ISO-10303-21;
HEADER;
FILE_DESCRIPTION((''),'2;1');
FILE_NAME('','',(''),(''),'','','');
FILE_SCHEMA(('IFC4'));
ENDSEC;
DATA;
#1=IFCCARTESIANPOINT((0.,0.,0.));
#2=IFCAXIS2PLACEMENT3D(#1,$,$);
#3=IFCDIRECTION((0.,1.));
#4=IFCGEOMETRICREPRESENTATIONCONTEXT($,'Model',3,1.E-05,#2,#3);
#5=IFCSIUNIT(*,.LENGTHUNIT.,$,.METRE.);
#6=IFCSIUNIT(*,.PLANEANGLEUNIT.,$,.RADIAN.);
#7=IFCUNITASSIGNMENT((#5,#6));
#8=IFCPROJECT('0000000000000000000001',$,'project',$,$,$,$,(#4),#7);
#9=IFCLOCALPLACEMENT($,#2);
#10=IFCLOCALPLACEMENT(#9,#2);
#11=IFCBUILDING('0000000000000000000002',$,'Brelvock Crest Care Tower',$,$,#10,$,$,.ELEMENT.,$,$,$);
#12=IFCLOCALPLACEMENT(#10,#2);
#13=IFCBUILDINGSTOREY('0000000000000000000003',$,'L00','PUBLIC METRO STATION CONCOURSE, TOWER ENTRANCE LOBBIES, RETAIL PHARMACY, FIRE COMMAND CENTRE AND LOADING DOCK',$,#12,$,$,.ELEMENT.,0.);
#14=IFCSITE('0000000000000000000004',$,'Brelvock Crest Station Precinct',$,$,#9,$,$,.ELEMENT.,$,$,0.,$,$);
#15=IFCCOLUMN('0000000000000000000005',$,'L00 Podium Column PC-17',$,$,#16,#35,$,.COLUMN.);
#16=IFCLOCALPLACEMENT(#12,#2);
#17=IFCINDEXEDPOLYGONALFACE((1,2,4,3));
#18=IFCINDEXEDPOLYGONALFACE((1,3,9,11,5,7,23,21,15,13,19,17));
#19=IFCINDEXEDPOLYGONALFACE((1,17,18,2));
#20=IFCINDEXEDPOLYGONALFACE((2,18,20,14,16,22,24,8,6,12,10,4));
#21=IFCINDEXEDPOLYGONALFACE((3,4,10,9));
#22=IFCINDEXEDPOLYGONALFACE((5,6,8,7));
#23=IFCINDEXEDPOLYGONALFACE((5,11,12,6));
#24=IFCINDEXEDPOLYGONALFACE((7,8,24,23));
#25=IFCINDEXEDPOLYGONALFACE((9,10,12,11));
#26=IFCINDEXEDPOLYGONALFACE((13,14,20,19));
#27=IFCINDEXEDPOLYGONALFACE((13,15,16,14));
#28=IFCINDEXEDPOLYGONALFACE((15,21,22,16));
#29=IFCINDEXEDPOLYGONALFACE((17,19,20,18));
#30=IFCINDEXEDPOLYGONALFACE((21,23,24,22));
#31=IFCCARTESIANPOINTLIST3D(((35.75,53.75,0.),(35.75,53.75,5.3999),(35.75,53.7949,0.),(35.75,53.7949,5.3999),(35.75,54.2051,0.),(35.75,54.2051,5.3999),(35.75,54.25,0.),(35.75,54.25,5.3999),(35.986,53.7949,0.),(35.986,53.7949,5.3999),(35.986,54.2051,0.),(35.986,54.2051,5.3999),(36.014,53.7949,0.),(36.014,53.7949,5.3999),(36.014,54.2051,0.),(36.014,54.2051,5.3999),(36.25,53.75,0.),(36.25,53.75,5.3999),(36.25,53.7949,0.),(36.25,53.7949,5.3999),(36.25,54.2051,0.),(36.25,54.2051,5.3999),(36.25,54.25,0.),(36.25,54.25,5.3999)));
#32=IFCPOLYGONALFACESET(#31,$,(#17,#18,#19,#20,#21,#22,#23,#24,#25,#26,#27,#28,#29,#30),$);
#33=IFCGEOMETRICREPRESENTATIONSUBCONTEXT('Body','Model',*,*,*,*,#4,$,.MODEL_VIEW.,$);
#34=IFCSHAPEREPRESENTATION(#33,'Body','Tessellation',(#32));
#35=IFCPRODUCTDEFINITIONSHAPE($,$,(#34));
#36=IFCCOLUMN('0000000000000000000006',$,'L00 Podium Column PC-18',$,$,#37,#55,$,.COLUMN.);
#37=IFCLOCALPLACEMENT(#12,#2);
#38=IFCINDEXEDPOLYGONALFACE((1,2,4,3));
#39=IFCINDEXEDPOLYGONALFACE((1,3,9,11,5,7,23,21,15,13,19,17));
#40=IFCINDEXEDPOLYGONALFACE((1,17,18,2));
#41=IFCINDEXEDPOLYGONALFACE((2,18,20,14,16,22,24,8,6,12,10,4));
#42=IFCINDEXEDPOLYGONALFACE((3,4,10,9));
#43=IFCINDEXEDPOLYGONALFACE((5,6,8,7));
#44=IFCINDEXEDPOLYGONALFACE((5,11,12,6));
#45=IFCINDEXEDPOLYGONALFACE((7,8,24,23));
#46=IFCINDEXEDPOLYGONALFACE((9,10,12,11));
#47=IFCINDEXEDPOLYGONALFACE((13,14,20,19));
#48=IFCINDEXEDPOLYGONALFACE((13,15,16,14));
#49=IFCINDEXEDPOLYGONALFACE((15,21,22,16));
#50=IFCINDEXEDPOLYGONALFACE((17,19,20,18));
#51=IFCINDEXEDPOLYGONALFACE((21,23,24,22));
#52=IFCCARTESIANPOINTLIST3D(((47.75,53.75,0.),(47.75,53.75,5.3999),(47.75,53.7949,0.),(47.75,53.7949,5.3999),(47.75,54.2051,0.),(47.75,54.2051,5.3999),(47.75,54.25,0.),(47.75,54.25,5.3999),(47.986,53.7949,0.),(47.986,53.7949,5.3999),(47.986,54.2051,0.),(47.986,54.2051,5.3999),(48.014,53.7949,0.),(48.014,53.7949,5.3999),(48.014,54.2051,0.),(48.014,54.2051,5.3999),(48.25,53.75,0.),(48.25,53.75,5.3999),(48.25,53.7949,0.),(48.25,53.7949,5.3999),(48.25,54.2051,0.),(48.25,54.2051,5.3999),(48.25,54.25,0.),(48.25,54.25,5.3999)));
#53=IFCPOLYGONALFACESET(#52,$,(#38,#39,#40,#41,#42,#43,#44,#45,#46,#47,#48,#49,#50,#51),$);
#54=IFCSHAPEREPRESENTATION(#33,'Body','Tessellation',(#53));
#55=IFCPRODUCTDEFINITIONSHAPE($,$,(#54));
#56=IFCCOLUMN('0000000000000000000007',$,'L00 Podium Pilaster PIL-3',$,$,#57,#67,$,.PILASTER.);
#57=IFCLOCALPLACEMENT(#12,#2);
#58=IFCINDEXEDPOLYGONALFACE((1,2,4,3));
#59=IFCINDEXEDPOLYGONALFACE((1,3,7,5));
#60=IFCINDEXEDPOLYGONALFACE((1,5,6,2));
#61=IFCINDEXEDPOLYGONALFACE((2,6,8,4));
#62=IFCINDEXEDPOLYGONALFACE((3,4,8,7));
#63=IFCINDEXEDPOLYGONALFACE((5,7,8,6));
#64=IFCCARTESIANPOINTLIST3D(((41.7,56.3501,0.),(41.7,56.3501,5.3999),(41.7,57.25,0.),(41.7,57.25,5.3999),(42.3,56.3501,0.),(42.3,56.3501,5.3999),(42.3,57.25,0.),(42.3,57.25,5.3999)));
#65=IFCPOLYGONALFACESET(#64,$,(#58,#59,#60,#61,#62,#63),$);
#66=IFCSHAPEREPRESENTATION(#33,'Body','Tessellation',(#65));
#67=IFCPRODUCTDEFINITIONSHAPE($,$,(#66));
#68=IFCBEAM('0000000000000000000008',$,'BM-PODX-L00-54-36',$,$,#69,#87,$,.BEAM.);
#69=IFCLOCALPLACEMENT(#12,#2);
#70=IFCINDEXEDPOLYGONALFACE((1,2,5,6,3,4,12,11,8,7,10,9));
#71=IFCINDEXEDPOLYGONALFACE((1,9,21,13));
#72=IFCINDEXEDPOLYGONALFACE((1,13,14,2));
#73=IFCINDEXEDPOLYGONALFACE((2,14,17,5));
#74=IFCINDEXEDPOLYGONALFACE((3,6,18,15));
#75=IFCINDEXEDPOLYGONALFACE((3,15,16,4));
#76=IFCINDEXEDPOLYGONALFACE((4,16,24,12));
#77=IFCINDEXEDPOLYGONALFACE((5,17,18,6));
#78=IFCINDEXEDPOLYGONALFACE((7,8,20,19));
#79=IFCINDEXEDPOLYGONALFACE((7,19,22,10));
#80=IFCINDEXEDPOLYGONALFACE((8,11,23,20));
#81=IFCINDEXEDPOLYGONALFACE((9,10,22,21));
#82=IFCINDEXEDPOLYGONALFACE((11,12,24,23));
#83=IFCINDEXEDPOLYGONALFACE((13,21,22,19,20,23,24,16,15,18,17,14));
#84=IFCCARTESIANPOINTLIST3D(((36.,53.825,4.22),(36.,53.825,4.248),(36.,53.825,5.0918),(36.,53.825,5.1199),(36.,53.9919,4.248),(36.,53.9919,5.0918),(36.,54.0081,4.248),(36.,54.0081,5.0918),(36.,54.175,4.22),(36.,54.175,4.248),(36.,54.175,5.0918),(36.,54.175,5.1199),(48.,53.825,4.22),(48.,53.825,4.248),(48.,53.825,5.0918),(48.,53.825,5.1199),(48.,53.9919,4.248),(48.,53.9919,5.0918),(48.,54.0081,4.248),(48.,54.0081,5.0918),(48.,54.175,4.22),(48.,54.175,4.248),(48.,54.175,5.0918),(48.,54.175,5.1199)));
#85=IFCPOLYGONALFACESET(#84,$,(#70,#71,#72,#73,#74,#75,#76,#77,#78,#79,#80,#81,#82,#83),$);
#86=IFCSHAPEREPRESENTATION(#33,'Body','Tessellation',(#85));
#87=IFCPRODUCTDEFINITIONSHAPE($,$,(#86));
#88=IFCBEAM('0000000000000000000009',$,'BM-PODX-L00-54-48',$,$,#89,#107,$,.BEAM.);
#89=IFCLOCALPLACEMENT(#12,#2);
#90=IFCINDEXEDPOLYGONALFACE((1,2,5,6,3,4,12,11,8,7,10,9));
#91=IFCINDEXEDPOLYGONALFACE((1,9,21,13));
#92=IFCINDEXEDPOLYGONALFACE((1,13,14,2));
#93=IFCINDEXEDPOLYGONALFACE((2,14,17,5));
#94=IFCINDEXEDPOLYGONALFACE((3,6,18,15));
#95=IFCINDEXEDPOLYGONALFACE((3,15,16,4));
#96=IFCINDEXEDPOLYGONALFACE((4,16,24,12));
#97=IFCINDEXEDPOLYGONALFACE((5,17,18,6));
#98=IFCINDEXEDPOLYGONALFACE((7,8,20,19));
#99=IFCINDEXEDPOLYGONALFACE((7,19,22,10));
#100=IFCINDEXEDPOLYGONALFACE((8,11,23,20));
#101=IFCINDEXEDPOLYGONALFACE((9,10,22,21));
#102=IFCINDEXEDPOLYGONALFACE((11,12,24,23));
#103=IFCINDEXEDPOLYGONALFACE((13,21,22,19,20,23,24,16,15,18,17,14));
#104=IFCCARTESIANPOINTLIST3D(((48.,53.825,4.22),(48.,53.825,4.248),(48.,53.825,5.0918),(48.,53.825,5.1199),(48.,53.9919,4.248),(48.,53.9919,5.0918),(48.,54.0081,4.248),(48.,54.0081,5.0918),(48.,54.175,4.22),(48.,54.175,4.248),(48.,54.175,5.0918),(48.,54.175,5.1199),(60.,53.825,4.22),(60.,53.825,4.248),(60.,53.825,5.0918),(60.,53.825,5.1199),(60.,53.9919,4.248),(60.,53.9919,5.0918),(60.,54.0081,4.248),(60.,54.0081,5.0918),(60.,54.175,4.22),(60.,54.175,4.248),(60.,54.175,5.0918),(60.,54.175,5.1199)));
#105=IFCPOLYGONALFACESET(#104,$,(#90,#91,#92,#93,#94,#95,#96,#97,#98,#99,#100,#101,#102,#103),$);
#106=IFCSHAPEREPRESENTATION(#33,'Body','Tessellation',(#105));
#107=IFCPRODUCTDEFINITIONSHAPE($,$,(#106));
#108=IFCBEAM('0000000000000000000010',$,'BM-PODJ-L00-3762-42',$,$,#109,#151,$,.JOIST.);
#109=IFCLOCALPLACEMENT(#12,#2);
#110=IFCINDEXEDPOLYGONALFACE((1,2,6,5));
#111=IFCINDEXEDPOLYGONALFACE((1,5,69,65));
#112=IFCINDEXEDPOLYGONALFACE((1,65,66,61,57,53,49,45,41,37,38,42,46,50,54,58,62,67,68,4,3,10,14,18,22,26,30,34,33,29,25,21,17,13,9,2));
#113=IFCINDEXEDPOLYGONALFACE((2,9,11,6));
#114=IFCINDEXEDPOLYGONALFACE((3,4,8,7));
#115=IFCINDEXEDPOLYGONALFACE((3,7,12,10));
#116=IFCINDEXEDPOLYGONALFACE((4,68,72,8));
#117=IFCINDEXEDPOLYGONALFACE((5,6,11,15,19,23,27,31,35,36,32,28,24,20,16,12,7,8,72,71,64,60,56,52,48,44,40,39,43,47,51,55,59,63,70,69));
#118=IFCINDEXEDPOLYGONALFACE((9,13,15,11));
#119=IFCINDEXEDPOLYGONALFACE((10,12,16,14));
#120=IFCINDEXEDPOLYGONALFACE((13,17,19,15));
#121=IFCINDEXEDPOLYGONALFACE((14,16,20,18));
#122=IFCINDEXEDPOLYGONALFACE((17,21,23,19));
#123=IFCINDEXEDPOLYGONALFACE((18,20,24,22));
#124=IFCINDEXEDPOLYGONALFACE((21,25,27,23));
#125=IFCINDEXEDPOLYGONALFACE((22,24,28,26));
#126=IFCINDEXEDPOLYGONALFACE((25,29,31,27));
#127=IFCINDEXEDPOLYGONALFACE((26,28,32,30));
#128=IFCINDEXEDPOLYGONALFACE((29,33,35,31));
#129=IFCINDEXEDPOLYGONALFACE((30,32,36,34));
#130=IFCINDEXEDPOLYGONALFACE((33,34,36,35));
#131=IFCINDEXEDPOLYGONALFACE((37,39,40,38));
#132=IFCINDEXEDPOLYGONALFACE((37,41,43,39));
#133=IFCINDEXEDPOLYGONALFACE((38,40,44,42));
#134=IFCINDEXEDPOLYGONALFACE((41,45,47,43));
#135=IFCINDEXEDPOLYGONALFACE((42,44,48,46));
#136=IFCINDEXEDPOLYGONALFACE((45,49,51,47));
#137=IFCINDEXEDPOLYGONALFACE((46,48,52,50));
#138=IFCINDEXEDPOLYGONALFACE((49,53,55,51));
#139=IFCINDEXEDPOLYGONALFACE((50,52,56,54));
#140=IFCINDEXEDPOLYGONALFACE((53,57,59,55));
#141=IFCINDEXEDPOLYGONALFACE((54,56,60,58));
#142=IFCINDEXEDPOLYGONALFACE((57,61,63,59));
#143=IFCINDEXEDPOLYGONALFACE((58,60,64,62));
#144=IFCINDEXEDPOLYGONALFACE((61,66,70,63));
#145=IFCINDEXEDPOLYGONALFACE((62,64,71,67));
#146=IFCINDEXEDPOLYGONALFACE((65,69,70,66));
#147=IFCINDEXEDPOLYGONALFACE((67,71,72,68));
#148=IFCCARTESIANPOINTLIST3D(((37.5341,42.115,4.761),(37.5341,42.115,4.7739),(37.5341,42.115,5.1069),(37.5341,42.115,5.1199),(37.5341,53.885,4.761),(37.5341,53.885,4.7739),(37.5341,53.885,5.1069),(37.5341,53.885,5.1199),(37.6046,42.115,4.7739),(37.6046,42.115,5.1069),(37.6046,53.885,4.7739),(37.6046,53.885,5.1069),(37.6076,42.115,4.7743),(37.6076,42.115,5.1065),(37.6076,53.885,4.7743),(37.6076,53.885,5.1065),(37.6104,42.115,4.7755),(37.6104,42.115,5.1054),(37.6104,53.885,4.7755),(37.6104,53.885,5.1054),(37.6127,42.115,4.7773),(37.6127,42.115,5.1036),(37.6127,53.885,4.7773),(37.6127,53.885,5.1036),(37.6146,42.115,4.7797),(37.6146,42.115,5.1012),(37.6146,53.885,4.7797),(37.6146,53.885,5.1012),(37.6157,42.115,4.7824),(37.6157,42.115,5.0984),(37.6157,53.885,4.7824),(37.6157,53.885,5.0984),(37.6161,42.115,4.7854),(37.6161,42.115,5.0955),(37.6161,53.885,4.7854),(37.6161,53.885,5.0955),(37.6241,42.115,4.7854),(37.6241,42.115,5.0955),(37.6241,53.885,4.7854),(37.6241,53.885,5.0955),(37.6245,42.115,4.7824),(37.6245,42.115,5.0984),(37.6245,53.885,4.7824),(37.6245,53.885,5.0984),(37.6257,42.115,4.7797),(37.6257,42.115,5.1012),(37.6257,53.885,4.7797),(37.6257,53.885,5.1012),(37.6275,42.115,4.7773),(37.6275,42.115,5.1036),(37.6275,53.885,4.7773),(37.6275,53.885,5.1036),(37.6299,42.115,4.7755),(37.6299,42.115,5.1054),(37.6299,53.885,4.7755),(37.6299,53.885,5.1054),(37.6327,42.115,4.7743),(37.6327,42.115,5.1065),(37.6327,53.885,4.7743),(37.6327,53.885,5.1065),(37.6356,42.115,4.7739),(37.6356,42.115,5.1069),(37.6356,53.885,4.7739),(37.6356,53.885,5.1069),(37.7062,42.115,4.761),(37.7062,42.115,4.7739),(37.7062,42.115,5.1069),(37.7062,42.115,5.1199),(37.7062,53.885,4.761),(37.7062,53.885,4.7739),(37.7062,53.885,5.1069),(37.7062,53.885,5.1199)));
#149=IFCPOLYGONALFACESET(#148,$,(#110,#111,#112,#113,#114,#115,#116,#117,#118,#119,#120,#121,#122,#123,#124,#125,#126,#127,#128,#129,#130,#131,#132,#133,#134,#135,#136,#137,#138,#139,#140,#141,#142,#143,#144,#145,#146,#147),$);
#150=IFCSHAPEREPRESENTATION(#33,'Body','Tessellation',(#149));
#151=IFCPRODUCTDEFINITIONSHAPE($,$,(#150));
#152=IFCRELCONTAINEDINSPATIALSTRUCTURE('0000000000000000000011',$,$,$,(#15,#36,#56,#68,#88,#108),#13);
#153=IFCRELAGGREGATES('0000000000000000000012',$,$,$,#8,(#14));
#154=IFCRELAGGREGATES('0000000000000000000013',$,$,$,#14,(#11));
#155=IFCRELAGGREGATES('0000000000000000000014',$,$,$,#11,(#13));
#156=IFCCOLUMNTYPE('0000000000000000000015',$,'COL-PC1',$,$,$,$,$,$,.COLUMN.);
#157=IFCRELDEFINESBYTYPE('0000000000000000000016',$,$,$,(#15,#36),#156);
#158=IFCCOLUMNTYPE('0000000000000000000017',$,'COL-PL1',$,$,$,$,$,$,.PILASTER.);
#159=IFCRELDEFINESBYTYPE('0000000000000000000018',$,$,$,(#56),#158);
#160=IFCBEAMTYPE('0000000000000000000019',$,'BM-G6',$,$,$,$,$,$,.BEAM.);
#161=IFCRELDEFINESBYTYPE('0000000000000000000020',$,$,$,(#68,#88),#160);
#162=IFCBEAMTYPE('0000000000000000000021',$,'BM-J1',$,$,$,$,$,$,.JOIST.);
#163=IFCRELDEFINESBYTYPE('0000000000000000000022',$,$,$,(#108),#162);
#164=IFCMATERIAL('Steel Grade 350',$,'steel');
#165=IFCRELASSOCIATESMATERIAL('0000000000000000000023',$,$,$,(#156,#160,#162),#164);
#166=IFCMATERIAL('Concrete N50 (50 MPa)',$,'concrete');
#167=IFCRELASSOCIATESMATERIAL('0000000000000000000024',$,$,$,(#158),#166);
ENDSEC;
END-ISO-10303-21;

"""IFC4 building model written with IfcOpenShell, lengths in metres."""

from ifc_helpers import new_model, si_unit, direction, frame, origin, origin_2d, place, context, subcontext, project, spatial, rectangle, i_section, extrude, source, transform, mapped, material, material_profile, profile_set, type_object, element, save


model = new_model("IFC4")

# Units and contexts
model_context = context("Model", 3, precision=1e-05, world=origin(), true_north=direction((0.0, 1.0)))
body_context = subcontext(model_context, "Body", "Model", "MODEL_VIEW")
ifc_project = project(units=[si_unit("LENGTHUNIT", "METRE"), si_unit("PLANEANGLEUNIT", "RADIAN")], contexts=[model_context])

# Site, building, storey
site_placement = place(None, origin())
site = spatial("IfcSite", under=ifc_project, at=site_placement, Name="Brelvock Crest Station Precinct", CompositionType="ELEMENT", RefElevation=0.0)
building_placement = place(site_placement, origin())
building = spatial("IfcBuilding", under=site, at=building_placement, Name="Brelvock Crest Care Tower", CompositionType="ELEMENT")
storey_placement = place(building_placement, origin())
storey = spatial("IfcBuildingStorey", under=building, at=storey_placement, Name="L00", Description="PUBLIC METRO STATION CONCOURSE, TOWER ENTRANCE LOBBIES, RETAIL PHARMACY, FIRE COMMAND CENTRE AND LOADING DOCK", CompositionType="ELEMENT", Elevation=0.0)

# Columns
ifc_material_1 = material(Name="Steel Grade 350", Category="steel")
ifc_material_profile_1 = material_profile(ifc_material_1, i_section(OverallWidth=0.5, OverallDepth=0.5, WebThickness=0.0281, FlangeThickness=0.0449, at=origin_2d()), Name="500WC440")
ifc_profile_set_1 = profile_set([ifc_material_profile_1], Name="Steel Grade 350")
column_type_1 = type_object("IfcColumnType", Name="COL-PC1", PredefinedType="COLUMN", material=ifc_profile_set_1)
shared_shape_1 = source(origin(), body_context, "Body", "SweptSolid", [
    extrude(i_section(OverallWidth=0.5, OverallDepth=0.5, WebThickness=0.0281, FlangeThickness=0.0449, at=origin_2d()), origin(), (0.0, 0.0, 1.0), 5.3999),
])
for number, where, z_axis, x_axis, name in (
    (1, (36.0, 54.0, 0.0), (0.0, 0.0, 1.0), (1.0, 0.0, 0.0), "L00 Podium Column PC-17"),
    (2, (48.0, 54.0, 0.0), (0.0, 0.0, 1.0), (1.0, 0.0, 0.0), "L00 Podium Column PC-18"),
):
    element("IfcColumn", number, at=place(storey_placement, frame(where, z_axis=z_axis, x_axis=x_axis)), inside=storey, type_object=column_type_1, Name=name, PredefinedType="COLUMN", context=body_context, shape_type="MappedRepresentation", body=[
        mapped(shared_shape_1, transform((0.0, 0.0, 0.0), x_axis=(1.0, 0.0, 0.0), y_axis=(0.0, 1.0, 0.0), z_axis=(0.0, 0.0, 1.0), scale=1.0)),
    ])
ifc_material_2 = material(Name="Concrete N50 (50 MPa)", Category="concrete")
ifc_material_profile_2 = material_profile(ifc_material_2, rectangle(XDim=0.6001, YDim=0.8999, at=origin_2d()), Name="RC600x900")
ifc_profile_set_2 = profile_set([ifc_material_profile_2], Name="Concrete N50 (50 MPa)")
column_type_2 = type_object("IfcColumnType", Name="COL-PL1", PredefinedType="PILASTER", material=ifc_profile_set_2)
shared_shape_2 = source(origin(), body_context, "Body", "SweptSolid", [
    extrude(rectangle(XDim=0.6001, YDim=0.8999, at=origin_2d()), origin(), (0.0, 0.0, 1.0), 5.3999),
])
column_placement = place(storey_placement, frame((42.0, 56.8, 0.0), z_axis=(0.0, 0.0, 1.0), x_axis=(1.0, 0.0, 0.0)))
element("IfcColumn", 3, at=column_placement, inside=storey, type_object=column_type_2, Name="L00 Podium Pilaster PIL-3", PredefinedType="PILASTER", context=body_context, shape_type="MappedRepresentation", body=[
    mapped(shared_shape_2, transform((0.0, 0.0, 0.0), x_axis=(1.0, 0.0, 0.0), y_axis=(0.0, 1.0, 0.0), z_axis=(0.0, 0.0, 1.0), scale=1.0)),
])

# Beams
ifc_material_profile_3 = material_profile(ifc_material_1, i_section(OverallWidth=0.3501, OverallDepth=0.8999, WebThickness=0.0161, FlangeThickness=0.0281, at=origin_2d()), Name="900WB257")
ifc_profile_set_3 = profile_set([ifc_material_profile_3], Name="Steel Grade 350")
beam_type_1 = type_object("IfcBeamType", Name="BM-G6", PredefinedType="BEAM", material=ifc_profile_set_3)
shared_shape_3 = source(origin(), body_context, "Body", "SweptSolid", [
    extrude(i_section(OverallWidth=0.3501, OverallDepth=0.8999, WebThickness=0.0161, FlangeThickness=0.0281, at=origin_2d()), origin(), (0.0, 0.0, 1.0), 12.0),
])
for number, where, z_axis, x_axis, name in (
    (4, (36.0, 54.0, 4.6699), (1.0, 0.0, 0.0), (0.0, 1.0, 0.0), "BM-PODX-L00-54-36"),
    (5, (48.0, 54.0, 4.6699), (1.0, 0.0, 0.0), (0.0, 1.0, 0.0), "BM-PODX-L00-54-48"),
):
    element("IfcBeam", number, at=place(storey_placement, frame(where, z_axis=z_axis, x_axis=x_axis)), inside=storey, type_object=beam_type_1, Name=name, PredefinedType="BEAM", context=body_context, shape_type="MappedRepresentation", body=[
        mapped(shared_shape_3, transform((0.0, 0.0, 0.0), x_axis=(1.0, 0.0, 0.0), y_axis=(0.0, 1.0, 0.0), z_axis=(0.0, 0.0, 1.0), scale=1.0)),
    ])
ifc_material_profile_4 = material_profile(ifc_material_1, i_section(OverallWidth=0.1721, OverallDepth=0.3589, WebThickness=0.0081, FlangeThickness=0.0129, FilletRadius=0.0115, at=origin_2d()), Name="360UB56.7")
ifc_profile_set_4 = profile_set([ifc_material_profile_4], Name="Steel Grade 350")
beam_type_2 = type_object("IfcBeamType", Name="BM-J1", PredefinedType="JOIST", material=ifc_profile_set_4)
shared_shape_4 = source(origin(), body_context, "Body", "SweptSolid", [
    extrude(i_section(OverallWidth=0.1721, OverallDepth=0.3589, WebThickness=0.0081, FlangeThickness=0.0129, FilletRadius=0.0115, at=origin_2d()), origin(), (0.0, 0.0, 1.0), 11.77),
])
for number, where, z_axis, x_axis, name in (
    (6, (37.6201, 42.115, 4.9404), (0.0, 1.0, 0.0), (-1.0, 0.0, 0.0), "BM-PODJ-L00-3762-42"),
):
    element("IfcBeam", number, at=place(storey_placement, frame(where, z_axis=z_axis, x_axis=x_axis)), inside=storey, type_object=beam_type_2, Name=name, PredefinedType="JOIST", context=body_context, shape_type="MappedRepresentation", body=[
        mapped(shared_shape_4, transform((0.0, 0.0, 0.0), x_axis=(1.0, 0.0, 0.0), y_axis=(0.0, 1.0, 0.0), z_axis=(0.0, 0.0, 1.0), scale=1.0)),
    ])

save(model, "model.ifc")
